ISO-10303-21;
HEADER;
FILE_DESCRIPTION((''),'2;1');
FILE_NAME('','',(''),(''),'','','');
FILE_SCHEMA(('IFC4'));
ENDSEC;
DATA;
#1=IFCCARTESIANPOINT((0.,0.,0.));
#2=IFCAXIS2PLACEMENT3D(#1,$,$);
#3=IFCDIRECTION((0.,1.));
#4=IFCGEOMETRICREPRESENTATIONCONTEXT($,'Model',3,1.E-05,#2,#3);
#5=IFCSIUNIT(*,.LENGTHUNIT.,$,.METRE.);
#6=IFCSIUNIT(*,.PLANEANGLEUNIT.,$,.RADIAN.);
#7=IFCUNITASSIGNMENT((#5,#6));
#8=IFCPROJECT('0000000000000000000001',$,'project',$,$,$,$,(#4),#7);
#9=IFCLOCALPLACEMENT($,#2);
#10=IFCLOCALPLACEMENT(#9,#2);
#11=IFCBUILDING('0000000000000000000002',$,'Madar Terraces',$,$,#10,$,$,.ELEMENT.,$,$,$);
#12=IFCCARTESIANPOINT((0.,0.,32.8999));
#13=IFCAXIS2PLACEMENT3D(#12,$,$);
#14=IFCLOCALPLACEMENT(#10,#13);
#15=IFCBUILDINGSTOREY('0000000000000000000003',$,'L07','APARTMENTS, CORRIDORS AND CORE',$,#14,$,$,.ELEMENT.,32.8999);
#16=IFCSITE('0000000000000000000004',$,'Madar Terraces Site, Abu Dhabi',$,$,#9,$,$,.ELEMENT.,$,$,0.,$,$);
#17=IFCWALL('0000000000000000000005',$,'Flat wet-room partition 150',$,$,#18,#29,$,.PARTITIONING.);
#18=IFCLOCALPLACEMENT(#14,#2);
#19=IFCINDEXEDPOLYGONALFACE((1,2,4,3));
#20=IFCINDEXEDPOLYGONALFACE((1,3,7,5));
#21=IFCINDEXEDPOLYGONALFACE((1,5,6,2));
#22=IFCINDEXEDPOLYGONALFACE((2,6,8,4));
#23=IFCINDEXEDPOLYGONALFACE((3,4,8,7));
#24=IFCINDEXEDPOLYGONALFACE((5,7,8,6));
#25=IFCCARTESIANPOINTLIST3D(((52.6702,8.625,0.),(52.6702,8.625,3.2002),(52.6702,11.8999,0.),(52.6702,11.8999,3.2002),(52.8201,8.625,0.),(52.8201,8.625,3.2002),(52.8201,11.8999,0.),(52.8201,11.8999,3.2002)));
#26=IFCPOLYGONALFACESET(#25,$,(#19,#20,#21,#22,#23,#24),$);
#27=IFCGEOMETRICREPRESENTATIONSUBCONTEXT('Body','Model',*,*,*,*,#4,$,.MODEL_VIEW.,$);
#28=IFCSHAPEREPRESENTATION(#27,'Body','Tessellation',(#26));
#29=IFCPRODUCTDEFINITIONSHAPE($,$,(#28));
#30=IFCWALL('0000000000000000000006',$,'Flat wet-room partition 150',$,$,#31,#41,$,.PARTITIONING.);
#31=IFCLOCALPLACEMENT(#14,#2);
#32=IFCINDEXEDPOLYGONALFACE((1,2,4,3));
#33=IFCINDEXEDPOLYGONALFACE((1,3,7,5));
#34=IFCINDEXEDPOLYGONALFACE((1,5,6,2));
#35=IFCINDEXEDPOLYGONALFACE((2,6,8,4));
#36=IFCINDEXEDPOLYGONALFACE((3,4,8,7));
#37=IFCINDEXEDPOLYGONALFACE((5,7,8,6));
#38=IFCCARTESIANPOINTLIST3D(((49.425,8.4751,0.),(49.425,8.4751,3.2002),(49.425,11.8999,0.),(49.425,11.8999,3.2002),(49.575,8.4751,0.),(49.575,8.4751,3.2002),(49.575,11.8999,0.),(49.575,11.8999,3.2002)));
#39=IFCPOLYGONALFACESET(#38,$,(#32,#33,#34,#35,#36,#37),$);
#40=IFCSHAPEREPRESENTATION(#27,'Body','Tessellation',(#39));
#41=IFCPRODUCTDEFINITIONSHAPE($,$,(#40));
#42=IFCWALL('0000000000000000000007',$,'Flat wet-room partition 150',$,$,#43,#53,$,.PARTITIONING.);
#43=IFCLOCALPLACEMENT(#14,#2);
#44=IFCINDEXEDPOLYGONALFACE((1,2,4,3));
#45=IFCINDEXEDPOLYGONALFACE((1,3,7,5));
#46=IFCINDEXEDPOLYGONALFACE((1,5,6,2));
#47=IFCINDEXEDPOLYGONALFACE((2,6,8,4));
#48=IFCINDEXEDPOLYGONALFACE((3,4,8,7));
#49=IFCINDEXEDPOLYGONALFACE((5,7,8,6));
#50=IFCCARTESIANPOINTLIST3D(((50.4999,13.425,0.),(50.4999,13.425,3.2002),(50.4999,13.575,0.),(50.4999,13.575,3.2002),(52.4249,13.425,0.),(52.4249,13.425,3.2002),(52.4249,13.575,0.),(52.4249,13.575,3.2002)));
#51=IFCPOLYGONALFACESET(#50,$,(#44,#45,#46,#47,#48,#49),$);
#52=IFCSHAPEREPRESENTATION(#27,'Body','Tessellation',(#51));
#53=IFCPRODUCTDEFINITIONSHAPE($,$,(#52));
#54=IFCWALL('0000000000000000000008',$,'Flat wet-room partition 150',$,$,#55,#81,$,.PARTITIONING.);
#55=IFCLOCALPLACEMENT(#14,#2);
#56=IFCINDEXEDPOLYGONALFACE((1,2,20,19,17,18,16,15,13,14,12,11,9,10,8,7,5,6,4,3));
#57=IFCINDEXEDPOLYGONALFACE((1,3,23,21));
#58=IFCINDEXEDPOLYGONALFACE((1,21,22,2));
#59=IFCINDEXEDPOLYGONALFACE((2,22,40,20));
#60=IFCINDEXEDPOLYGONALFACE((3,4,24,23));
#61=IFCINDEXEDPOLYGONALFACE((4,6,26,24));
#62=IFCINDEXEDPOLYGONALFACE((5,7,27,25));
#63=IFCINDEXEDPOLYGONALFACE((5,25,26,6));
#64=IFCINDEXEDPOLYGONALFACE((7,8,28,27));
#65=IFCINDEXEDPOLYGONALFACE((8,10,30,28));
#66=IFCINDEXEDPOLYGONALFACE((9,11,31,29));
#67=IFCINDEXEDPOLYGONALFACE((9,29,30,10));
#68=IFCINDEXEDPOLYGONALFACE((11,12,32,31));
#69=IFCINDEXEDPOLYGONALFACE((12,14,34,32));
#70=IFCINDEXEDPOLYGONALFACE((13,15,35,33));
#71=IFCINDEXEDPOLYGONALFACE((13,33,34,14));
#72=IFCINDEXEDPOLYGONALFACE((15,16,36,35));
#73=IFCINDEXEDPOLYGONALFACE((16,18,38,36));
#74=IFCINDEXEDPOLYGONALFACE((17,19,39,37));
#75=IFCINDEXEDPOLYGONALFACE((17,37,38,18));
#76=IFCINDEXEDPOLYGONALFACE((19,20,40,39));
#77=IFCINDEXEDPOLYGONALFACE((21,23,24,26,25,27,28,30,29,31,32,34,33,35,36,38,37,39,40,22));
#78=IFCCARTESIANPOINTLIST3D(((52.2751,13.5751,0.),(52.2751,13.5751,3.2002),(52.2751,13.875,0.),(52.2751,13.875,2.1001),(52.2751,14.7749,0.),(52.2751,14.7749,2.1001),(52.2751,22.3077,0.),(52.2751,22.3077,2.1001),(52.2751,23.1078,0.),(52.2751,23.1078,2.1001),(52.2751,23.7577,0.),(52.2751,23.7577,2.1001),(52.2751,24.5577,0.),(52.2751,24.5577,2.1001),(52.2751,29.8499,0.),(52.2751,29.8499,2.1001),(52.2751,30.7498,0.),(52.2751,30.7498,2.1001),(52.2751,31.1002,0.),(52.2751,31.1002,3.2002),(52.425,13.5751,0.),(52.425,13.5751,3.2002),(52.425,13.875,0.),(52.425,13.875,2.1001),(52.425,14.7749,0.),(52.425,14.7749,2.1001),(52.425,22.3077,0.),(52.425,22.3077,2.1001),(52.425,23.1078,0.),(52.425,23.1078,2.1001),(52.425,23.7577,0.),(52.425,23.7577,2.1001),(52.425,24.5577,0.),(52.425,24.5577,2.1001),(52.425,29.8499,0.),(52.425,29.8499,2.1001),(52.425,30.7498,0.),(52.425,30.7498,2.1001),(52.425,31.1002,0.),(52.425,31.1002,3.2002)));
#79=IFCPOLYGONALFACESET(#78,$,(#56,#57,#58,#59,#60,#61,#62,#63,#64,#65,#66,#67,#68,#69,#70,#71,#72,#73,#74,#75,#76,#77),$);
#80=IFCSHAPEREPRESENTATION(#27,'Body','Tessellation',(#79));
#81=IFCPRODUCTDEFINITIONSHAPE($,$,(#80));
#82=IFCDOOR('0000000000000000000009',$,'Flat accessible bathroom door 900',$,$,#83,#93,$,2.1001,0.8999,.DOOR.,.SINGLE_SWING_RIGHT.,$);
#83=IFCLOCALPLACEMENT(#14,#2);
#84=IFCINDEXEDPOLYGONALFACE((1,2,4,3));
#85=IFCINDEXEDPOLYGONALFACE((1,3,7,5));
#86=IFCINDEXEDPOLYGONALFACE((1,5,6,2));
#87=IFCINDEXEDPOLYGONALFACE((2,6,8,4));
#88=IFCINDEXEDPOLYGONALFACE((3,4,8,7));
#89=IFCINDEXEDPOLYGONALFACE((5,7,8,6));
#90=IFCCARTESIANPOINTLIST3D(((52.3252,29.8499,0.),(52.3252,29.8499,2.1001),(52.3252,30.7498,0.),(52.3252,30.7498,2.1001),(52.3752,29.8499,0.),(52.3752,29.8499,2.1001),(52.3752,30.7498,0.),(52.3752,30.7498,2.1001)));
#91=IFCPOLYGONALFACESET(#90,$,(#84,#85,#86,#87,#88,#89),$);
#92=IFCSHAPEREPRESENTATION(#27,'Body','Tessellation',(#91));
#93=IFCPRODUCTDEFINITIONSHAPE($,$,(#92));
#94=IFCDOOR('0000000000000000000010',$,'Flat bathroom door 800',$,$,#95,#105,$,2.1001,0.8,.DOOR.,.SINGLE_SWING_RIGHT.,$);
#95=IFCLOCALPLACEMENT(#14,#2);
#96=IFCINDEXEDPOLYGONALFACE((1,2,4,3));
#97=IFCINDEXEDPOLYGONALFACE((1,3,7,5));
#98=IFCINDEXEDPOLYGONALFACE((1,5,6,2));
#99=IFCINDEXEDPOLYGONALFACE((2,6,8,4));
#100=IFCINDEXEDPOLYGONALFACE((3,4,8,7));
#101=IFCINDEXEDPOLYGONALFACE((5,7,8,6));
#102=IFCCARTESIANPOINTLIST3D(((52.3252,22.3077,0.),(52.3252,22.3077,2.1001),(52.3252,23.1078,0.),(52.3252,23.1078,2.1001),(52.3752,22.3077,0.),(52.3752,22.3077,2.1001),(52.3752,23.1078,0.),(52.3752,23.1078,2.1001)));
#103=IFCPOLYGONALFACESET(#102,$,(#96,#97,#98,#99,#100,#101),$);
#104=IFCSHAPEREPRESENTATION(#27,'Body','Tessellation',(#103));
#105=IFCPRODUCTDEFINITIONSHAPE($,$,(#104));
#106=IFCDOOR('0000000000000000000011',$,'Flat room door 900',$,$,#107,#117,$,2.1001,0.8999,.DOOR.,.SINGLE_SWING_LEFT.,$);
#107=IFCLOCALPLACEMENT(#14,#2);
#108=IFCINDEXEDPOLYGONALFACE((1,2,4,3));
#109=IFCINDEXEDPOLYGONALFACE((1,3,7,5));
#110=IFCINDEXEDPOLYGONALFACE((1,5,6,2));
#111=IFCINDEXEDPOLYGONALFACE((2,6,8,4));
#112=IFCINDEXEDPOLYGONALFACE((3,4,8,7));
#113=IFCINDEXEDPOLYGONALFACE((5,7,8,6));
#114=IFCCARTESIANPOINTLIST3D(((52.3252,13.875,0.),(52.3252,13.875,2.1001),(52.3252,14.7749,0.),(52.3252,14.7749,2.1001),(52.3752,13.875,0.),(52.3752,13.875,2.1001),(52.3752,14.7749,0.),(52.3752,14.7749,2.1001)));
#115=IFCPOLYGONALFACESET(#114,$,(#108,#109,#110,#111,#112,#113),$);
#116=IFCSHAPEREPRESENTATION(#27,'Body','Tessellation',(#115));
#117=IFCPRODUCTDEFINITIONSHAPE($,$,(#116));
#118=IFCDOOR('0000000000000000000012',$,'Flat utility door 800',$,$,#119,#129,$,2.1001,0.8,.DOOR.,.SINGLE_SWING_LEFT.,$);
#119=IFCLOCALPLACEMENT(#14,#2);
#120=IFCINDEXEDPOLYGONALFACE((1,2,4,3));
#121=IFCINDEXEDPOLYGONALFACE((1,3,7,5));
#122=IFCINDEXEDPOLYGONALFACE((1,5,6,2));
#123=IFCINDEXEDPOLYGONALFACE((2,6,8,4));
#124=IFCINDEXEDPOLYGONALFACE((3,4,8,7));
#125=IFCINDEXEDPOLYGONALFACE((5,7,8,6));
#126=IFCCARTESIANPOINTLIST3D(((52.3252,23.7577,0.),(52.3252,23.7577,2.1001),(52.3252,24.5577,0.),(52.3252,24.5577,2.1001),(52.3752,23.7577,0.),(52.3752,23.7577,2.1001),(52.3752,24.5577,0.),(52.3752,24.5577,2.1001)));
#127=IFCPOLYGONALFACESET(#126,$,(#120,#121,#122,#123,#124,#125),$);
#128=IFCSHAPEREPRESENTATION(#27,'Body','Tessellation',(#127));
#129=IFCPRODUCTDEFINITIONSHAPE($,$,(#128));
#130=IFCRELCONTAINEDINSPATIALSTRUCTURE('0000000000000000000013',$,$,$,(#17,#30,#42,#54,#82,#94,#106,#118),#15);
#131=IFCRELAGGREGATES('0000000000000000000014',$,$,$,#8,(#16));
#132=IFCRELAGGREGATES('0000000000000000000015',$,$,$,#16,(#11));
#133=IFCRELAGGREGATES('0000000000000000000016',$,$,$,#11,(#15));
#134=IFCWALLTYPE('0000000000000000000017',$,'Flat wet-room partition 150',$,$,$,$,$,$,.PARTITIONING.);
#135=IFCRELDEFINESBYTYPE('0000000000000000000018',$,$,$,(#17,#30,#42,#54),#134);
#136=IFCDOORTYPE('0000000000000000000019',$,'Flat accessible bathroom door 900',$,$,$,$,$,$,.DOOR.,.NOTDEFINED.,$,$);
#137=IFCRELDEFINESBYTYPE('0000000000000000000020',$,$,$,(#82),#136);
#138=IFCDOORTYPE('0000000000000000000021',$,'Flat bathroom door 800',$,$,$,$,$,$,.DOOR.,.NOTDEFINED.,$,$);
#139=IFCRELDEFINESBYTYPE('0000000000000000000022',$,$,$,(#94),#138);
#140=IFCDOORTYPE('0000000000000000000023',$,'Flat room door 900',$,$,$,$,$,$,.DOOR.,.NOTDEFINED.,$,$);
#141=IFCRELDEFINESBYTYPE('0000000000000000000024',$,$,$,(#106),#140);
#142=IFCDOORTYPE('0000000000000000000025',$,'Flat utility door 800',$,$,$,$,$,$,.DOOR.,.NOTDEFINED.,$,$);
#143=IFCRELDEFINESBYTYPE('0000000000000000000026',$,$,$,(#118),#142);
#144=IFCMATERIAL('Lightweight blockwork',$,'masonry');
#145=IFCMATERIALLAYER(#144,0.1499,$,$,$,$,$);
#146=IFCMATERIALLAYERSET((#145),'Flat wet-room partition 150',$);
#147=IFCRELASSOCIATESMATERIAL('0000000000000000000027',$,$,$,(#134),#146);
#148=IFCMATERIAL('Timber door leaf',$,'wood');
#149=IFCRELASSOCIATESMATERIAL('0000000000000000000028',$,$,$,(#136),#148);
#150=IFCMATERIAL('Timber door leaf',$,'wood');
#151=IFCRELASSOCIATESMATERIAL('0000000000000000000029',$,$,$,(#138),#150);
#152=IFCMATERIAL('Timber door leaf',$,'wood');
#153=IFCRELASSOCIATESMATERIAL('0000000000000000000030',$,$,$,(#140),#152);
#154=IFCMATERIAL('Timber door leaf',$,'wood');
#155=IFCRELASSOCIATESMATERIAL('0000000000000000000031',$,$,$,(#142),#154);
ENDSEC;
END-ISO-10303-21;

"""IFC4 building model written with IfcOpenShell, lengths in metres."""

from ifc_helpers import new_model, si_unit, direction, frame, frame_2d, origin, place, context, subcontext, project, spatial, rectangle, extrude, material, layer, layer_set, type_object, element, fill, save


model = new_model("IFC4")

# Units and contexts
model_context = context("Model", 3, precision=1e-05, world=origin(), true_north=direction((0.0, 1.0)))
body_context = subcontext(model_context, "Body", "Model", "MODEL_VIEW")
ifc_project = project(units=[si_unit("LENGTHUNIT", "METRE"), si_unit("PLANEANGLEUNIT", "RADIAN")], contexts=[model_context])

# Site, building, storey
site_placement = place(None, origin())
site = spatial("IfcSite", under=ifc_project, at=site_placement, Name="Madar Terraces Site, Abu Dhabi", CompositionType="ELEMENT", RefElevation=0.0)
building_placement = place(site_placement, origin())
building = spatial("IfcBuilding", under=site, at=building_placement, Name="Madar Terraces", CompositionType="ELEMENT")
storey_placement = place(building_placement, frame((0.0, 0.0, 32.8999)))
storey = spatial("IfcBuildingStorey", under=building, at=storey_placement, Name="L07", Description="APARTMENTS, CORRIDORS AND CORE", CompositionType="ELEMENT", Elevation=32.8999)

# Walls
ifc_material_1 = material(Name="Lightweight blockwork", Category="masonry")
ifc_layer_1 = layer(ifc_material_1, 0.1499)
ifc_layer_set_1 = layer_set([ifc_layer_1], Name="Flat wet-room partition 150")
wall_type_1 = type_object("IfcWallType", Name="Flat wet-room partition 150", PredefinedType="PARTITIONING", material=ifc_layer_set_1)
wall_1_placement = place(storey_placement, frame((52.7451, 11.8999, 0.0), z_axis=(0.0, 0.0, 1.0), x_axis=(0.0, -1.0, 0.0)))
element("IfcWall", 1, at=wall_1_placement, inside=storey, type_object=wall_type_1, Name="Flat wet-room partition 150", PredefinedType="PARTITIONING", context=body_context, shape_type="SweptSolid", body=[
    extrude(rectangle(XDim=3.2749, YDim=0.1499, at=frame_2d((1.6375, 0.0))), origin(), (0.0, 0.0, 1.0), 3.2002),
])
wall_2_placement = place(storey_placement, frame((49.5, 11.8999, 0.0), z_axis=(0.0, 0.0, 1.0), x_axis=(0.0, -1.0, 0.0)))
element("IfcWall", 2, at=wall_2_placement, inside=storey, type_object=wall_type_1, Name="Flat wet-room partition 150", PredefinedType="PARTITIONING", context=body_context, shape_type="SweptSolid", body=[
    extrude(rectangle(XDim=3.4248, YDim=0.1499, at=frame_2d((1.7124, 0.0))), origin(), (0.0, 0.0, 1.0), 3.2002),
])
wall_3_placement = place(storey_placement, frame((50.5, 13.5, 0.0), z_axis=(0.0, 0.0, 1.0), x_axis=(1.0, 0.0, 0.0)))
element("IfcWall", 3, at=wall_3_placement, inside=storey, type_object=wall_type_1, Name="Flat wet-room partition 150", PredefinedType="PARTITIONING", context=body_context, shape_type="SweptSolid", body=[
    extrude(rectangle(XDim=1.925, YDim=0.1499, at=frame_2d((0.9624, 0.0))), origin(), (0.0, 0.0, 1.0), 3.2002),
])

# Wall, openings, doors
wall_4_placement = place(storey_placement, frame((52.3501, 13.575, 0.0), z_axis=(0.0, 0.0, 1.0), x_axis=(0.0, 1.0, 0.0)))
wall_4 = element("IfcWall", 4, at=wall_4_placement, inside=storey, type_object=wall_type_1, Name="Flat wet-room partition 150", PredefinedType="PARTITIONING", context=body_context, shape_type="SweptSolid", body=[
    extrude(rectangle(XDim=17.5251, YDim=0.1499, at=frame_2d((8.7627, 0.0))), origin(), (0.0, 0.0, 1.0), 3.2002),
])
opening_1_placement = place(wall_4_placement, frame((0.3, 0.0, 0.0)))
opening_1 = element("IfcOpeningElement", 5, at=opening_1_placement, cuts=wall_4, PredefinedType="OPENING", context=body_context, shape_type="SweptSolid", body=[
    extrude(rectangle(XDim=0.8999, YDim=2.1001, at=frame_2d((0.45, 1.05))), frame((0.0, 0.085, 0.0), z_axis=(0.0, -1.0, 0.0), x_axis=(1.0, 0.0, 0.0)), (0.0, 0.0, 1.0), 0.1699),
])
opening_2_placement = place(wall_4_placement, frame((8.7329, 0.0, 0.0)))
opening_2 = element("IfcOpeningElement", 6, at=opening_2_placement, cuts=wall_4, PredefinedType="OPENING", context=body_context, shape_type="SweptSolid", body=[
    extrude(rectangle(XDim=0.8, YDim=2.1001, at=frame_2d((0.3999, 1.05))), frame((0.0, 0.085, 0.0), z_axis=(0.0, -1.0, 0.0), x_axis=(1.0, 0.0, 0.0)), (0.0, 0.0, 1.0), 0.1699),
])
opening_3_placement = place(wall_4_placement, frame((10.1829, 0.0, 0.0)))
opening_3 = element("IfcOpeningElement", 7, at=opening_3_placement, cuts=wall_4, PredefinedType="OPENING", context=body_context, shape_type="SweptSolid", body=[
    extrude(rectangle(XDim=0.8, YDim=2.1001, at=frame_2d((0.3999, 1.05))), frame((0.0, 0.085, 0.0), z_axis=(0.0, -1.0, 0.0), x_axis=(1.0, 0.0, 0.0)), (0.0, 0.0, 1.0), 0.1699),
])
opening_4_placement = place(wall_4_placement, frame((16.2749, 0.0, 0.0)))
opening_4 = element("IfcOpeningElement", 8, at=opening_4_placement, cuts=wall_4, PredefinedType="OPENING", context=body_context, shape_type="SweptSolid", body=[
    extrude(rectangle(XDim=0.8999, YDim=2.1001, at=frame_2d((0.45, 1.05))), frame((0.0, 0.085, 0.0), z_axis=(0.0, -1.0, 0.0), x_axis=(1.0, 0.0, 0.0)), (0.0, 0.0, 1.0), 0.1699),
])
ifc_material_2 = material(Name="Timber door leaf", Category="wood")
door_type_1 = type_object("IfcDoorType", Name="Flat accessible bathroom door 900", OperationType="NOTDEFINED", PredefinedType="DOOR", material=ifc_material_2)
door_1_placement = place(opening_4_placement, origin())
door_1 = element("IfcDoor", 9, at=door_1_placement, inside=storey, type_object=door_type_1, Name="Flat accessible bathroom door 900", OperationType="SINGLE_SWING_RIGHT", OverallHeight=2.1001, OverallWidth=0.8999, PredefinedType="DOOR", context=body_context, shape_type="SweptSolid", body=[
    extrude(rectangle(XDim=0.8999, YDim=2.1001, at=frame_2d((0.45, 1.05))), frame((0.0, 0.0249, 0.0), z_axis=(0.0, -1.0, 0.0), x_axis=(1.0, 0.0, 0.0)), (0.0, 0.0, 1.0), 0.05),
])
fill(opening_4, door_1)
ifc_material_3 = material(Name="Timber door leaf", Category="wood")
door_type_2 = type_object("IfcDoorType", Name="Flat bathroom door 800", OperationType="NOTDEFINED", PredefinedType="DOOR", material=ifc_material_3)
door_2_placement = place(opening_2_placement, origin())
door_2 = element("IfcDoor", 10, at=door_2_placement, inside=storey, type_object=door_type_2, Name="Flat bathroom door 800", OperationType="SINGLE_SWING_RIGHT", OverallHeight=2.1001, OverallWidth=0.8, PredefinedType="DOOR", context=body_context, shape_type="SweptSolid", body=[
    extrude(rectangle(XDim=0.8, YDim=2.1001, at=frame_2d((0.3999, 1.05))), frame((0.0, 0.0249, 0.0), z_axis=(0.0, -1.0, 0.0), x_axis=(1.0, 0.0, 0.0)), (0.0, 0.0, 1.0), 0.05),
])
fill(opening_2, door_2)
ifc_material_4 = material(Name="Timber door leaf", Category="wood")
door_type_3 = type_object("IfcDoorType", Name="Flat room door 900", OperationType="NOTDEFINED", PredefinedType="DOOR", material=ifc_material_4)
door_3_placement = place(opening_1_placement, origin())
door_3 = element("IfcDoor", 11, at=door_3_placement, inside=storey, type_object=door_type_3, Name="Flat room door 900", OperationType="SINGLE_SWING_LEFT", OverallHeight=2.1001, OverallWidth=0.8999, PredefinedType="DOOR", context=body_context, shape_type="SweptSolid", body=[
    extrude(rectangle(XDim=0.8999, YDim=2.1001, at=frame_2d((0.45, 1.05))), frame((0.0, 0.0249, 0.0), z_axis=(0.0, -1.0, 0.0), x_axis=(1.0, 0.0, 0.0)), (0.0, 0.0, 1.0), 0.05),
])
fill(opening_1, door_3)
ifc_material_5 = material(Name="Timber door leaf", Category="wood")
door_type_4 = type_object("IfcDoorType", Name="Flat utility door 800", OperationType="NOTDEFINED", PredefinedType="DOOR", material=ifc_material_5)
door_4_placement = place(opening_3_placement, origin())
door_4 = element("IfcDoor", 12, at=door_4_placement, inside=storey, type_object=door_type_4, Name="Flat utility door 800", OperationType="SINGLE_SWING_LEFT", OverallHeight=2.1001, OverallWidth=0.8, PredefinedType="DOOR", context=body_context, shape_type="SweptSolid", body=[
    extrude(rectangle(XDim=0.8, YDim=2.1001, at=frame_2d((0.3999, 1.05))), frame((0.0, 0.0249, 0.0), z_axis=(0.0, -1.0, 0.0), x_axis=(1.0, 0.0, 0.0)), (0.0, 0.0, 1.0), 0.05),
])
fill(opening_3, door_4)

save(model, "model.ifc")
